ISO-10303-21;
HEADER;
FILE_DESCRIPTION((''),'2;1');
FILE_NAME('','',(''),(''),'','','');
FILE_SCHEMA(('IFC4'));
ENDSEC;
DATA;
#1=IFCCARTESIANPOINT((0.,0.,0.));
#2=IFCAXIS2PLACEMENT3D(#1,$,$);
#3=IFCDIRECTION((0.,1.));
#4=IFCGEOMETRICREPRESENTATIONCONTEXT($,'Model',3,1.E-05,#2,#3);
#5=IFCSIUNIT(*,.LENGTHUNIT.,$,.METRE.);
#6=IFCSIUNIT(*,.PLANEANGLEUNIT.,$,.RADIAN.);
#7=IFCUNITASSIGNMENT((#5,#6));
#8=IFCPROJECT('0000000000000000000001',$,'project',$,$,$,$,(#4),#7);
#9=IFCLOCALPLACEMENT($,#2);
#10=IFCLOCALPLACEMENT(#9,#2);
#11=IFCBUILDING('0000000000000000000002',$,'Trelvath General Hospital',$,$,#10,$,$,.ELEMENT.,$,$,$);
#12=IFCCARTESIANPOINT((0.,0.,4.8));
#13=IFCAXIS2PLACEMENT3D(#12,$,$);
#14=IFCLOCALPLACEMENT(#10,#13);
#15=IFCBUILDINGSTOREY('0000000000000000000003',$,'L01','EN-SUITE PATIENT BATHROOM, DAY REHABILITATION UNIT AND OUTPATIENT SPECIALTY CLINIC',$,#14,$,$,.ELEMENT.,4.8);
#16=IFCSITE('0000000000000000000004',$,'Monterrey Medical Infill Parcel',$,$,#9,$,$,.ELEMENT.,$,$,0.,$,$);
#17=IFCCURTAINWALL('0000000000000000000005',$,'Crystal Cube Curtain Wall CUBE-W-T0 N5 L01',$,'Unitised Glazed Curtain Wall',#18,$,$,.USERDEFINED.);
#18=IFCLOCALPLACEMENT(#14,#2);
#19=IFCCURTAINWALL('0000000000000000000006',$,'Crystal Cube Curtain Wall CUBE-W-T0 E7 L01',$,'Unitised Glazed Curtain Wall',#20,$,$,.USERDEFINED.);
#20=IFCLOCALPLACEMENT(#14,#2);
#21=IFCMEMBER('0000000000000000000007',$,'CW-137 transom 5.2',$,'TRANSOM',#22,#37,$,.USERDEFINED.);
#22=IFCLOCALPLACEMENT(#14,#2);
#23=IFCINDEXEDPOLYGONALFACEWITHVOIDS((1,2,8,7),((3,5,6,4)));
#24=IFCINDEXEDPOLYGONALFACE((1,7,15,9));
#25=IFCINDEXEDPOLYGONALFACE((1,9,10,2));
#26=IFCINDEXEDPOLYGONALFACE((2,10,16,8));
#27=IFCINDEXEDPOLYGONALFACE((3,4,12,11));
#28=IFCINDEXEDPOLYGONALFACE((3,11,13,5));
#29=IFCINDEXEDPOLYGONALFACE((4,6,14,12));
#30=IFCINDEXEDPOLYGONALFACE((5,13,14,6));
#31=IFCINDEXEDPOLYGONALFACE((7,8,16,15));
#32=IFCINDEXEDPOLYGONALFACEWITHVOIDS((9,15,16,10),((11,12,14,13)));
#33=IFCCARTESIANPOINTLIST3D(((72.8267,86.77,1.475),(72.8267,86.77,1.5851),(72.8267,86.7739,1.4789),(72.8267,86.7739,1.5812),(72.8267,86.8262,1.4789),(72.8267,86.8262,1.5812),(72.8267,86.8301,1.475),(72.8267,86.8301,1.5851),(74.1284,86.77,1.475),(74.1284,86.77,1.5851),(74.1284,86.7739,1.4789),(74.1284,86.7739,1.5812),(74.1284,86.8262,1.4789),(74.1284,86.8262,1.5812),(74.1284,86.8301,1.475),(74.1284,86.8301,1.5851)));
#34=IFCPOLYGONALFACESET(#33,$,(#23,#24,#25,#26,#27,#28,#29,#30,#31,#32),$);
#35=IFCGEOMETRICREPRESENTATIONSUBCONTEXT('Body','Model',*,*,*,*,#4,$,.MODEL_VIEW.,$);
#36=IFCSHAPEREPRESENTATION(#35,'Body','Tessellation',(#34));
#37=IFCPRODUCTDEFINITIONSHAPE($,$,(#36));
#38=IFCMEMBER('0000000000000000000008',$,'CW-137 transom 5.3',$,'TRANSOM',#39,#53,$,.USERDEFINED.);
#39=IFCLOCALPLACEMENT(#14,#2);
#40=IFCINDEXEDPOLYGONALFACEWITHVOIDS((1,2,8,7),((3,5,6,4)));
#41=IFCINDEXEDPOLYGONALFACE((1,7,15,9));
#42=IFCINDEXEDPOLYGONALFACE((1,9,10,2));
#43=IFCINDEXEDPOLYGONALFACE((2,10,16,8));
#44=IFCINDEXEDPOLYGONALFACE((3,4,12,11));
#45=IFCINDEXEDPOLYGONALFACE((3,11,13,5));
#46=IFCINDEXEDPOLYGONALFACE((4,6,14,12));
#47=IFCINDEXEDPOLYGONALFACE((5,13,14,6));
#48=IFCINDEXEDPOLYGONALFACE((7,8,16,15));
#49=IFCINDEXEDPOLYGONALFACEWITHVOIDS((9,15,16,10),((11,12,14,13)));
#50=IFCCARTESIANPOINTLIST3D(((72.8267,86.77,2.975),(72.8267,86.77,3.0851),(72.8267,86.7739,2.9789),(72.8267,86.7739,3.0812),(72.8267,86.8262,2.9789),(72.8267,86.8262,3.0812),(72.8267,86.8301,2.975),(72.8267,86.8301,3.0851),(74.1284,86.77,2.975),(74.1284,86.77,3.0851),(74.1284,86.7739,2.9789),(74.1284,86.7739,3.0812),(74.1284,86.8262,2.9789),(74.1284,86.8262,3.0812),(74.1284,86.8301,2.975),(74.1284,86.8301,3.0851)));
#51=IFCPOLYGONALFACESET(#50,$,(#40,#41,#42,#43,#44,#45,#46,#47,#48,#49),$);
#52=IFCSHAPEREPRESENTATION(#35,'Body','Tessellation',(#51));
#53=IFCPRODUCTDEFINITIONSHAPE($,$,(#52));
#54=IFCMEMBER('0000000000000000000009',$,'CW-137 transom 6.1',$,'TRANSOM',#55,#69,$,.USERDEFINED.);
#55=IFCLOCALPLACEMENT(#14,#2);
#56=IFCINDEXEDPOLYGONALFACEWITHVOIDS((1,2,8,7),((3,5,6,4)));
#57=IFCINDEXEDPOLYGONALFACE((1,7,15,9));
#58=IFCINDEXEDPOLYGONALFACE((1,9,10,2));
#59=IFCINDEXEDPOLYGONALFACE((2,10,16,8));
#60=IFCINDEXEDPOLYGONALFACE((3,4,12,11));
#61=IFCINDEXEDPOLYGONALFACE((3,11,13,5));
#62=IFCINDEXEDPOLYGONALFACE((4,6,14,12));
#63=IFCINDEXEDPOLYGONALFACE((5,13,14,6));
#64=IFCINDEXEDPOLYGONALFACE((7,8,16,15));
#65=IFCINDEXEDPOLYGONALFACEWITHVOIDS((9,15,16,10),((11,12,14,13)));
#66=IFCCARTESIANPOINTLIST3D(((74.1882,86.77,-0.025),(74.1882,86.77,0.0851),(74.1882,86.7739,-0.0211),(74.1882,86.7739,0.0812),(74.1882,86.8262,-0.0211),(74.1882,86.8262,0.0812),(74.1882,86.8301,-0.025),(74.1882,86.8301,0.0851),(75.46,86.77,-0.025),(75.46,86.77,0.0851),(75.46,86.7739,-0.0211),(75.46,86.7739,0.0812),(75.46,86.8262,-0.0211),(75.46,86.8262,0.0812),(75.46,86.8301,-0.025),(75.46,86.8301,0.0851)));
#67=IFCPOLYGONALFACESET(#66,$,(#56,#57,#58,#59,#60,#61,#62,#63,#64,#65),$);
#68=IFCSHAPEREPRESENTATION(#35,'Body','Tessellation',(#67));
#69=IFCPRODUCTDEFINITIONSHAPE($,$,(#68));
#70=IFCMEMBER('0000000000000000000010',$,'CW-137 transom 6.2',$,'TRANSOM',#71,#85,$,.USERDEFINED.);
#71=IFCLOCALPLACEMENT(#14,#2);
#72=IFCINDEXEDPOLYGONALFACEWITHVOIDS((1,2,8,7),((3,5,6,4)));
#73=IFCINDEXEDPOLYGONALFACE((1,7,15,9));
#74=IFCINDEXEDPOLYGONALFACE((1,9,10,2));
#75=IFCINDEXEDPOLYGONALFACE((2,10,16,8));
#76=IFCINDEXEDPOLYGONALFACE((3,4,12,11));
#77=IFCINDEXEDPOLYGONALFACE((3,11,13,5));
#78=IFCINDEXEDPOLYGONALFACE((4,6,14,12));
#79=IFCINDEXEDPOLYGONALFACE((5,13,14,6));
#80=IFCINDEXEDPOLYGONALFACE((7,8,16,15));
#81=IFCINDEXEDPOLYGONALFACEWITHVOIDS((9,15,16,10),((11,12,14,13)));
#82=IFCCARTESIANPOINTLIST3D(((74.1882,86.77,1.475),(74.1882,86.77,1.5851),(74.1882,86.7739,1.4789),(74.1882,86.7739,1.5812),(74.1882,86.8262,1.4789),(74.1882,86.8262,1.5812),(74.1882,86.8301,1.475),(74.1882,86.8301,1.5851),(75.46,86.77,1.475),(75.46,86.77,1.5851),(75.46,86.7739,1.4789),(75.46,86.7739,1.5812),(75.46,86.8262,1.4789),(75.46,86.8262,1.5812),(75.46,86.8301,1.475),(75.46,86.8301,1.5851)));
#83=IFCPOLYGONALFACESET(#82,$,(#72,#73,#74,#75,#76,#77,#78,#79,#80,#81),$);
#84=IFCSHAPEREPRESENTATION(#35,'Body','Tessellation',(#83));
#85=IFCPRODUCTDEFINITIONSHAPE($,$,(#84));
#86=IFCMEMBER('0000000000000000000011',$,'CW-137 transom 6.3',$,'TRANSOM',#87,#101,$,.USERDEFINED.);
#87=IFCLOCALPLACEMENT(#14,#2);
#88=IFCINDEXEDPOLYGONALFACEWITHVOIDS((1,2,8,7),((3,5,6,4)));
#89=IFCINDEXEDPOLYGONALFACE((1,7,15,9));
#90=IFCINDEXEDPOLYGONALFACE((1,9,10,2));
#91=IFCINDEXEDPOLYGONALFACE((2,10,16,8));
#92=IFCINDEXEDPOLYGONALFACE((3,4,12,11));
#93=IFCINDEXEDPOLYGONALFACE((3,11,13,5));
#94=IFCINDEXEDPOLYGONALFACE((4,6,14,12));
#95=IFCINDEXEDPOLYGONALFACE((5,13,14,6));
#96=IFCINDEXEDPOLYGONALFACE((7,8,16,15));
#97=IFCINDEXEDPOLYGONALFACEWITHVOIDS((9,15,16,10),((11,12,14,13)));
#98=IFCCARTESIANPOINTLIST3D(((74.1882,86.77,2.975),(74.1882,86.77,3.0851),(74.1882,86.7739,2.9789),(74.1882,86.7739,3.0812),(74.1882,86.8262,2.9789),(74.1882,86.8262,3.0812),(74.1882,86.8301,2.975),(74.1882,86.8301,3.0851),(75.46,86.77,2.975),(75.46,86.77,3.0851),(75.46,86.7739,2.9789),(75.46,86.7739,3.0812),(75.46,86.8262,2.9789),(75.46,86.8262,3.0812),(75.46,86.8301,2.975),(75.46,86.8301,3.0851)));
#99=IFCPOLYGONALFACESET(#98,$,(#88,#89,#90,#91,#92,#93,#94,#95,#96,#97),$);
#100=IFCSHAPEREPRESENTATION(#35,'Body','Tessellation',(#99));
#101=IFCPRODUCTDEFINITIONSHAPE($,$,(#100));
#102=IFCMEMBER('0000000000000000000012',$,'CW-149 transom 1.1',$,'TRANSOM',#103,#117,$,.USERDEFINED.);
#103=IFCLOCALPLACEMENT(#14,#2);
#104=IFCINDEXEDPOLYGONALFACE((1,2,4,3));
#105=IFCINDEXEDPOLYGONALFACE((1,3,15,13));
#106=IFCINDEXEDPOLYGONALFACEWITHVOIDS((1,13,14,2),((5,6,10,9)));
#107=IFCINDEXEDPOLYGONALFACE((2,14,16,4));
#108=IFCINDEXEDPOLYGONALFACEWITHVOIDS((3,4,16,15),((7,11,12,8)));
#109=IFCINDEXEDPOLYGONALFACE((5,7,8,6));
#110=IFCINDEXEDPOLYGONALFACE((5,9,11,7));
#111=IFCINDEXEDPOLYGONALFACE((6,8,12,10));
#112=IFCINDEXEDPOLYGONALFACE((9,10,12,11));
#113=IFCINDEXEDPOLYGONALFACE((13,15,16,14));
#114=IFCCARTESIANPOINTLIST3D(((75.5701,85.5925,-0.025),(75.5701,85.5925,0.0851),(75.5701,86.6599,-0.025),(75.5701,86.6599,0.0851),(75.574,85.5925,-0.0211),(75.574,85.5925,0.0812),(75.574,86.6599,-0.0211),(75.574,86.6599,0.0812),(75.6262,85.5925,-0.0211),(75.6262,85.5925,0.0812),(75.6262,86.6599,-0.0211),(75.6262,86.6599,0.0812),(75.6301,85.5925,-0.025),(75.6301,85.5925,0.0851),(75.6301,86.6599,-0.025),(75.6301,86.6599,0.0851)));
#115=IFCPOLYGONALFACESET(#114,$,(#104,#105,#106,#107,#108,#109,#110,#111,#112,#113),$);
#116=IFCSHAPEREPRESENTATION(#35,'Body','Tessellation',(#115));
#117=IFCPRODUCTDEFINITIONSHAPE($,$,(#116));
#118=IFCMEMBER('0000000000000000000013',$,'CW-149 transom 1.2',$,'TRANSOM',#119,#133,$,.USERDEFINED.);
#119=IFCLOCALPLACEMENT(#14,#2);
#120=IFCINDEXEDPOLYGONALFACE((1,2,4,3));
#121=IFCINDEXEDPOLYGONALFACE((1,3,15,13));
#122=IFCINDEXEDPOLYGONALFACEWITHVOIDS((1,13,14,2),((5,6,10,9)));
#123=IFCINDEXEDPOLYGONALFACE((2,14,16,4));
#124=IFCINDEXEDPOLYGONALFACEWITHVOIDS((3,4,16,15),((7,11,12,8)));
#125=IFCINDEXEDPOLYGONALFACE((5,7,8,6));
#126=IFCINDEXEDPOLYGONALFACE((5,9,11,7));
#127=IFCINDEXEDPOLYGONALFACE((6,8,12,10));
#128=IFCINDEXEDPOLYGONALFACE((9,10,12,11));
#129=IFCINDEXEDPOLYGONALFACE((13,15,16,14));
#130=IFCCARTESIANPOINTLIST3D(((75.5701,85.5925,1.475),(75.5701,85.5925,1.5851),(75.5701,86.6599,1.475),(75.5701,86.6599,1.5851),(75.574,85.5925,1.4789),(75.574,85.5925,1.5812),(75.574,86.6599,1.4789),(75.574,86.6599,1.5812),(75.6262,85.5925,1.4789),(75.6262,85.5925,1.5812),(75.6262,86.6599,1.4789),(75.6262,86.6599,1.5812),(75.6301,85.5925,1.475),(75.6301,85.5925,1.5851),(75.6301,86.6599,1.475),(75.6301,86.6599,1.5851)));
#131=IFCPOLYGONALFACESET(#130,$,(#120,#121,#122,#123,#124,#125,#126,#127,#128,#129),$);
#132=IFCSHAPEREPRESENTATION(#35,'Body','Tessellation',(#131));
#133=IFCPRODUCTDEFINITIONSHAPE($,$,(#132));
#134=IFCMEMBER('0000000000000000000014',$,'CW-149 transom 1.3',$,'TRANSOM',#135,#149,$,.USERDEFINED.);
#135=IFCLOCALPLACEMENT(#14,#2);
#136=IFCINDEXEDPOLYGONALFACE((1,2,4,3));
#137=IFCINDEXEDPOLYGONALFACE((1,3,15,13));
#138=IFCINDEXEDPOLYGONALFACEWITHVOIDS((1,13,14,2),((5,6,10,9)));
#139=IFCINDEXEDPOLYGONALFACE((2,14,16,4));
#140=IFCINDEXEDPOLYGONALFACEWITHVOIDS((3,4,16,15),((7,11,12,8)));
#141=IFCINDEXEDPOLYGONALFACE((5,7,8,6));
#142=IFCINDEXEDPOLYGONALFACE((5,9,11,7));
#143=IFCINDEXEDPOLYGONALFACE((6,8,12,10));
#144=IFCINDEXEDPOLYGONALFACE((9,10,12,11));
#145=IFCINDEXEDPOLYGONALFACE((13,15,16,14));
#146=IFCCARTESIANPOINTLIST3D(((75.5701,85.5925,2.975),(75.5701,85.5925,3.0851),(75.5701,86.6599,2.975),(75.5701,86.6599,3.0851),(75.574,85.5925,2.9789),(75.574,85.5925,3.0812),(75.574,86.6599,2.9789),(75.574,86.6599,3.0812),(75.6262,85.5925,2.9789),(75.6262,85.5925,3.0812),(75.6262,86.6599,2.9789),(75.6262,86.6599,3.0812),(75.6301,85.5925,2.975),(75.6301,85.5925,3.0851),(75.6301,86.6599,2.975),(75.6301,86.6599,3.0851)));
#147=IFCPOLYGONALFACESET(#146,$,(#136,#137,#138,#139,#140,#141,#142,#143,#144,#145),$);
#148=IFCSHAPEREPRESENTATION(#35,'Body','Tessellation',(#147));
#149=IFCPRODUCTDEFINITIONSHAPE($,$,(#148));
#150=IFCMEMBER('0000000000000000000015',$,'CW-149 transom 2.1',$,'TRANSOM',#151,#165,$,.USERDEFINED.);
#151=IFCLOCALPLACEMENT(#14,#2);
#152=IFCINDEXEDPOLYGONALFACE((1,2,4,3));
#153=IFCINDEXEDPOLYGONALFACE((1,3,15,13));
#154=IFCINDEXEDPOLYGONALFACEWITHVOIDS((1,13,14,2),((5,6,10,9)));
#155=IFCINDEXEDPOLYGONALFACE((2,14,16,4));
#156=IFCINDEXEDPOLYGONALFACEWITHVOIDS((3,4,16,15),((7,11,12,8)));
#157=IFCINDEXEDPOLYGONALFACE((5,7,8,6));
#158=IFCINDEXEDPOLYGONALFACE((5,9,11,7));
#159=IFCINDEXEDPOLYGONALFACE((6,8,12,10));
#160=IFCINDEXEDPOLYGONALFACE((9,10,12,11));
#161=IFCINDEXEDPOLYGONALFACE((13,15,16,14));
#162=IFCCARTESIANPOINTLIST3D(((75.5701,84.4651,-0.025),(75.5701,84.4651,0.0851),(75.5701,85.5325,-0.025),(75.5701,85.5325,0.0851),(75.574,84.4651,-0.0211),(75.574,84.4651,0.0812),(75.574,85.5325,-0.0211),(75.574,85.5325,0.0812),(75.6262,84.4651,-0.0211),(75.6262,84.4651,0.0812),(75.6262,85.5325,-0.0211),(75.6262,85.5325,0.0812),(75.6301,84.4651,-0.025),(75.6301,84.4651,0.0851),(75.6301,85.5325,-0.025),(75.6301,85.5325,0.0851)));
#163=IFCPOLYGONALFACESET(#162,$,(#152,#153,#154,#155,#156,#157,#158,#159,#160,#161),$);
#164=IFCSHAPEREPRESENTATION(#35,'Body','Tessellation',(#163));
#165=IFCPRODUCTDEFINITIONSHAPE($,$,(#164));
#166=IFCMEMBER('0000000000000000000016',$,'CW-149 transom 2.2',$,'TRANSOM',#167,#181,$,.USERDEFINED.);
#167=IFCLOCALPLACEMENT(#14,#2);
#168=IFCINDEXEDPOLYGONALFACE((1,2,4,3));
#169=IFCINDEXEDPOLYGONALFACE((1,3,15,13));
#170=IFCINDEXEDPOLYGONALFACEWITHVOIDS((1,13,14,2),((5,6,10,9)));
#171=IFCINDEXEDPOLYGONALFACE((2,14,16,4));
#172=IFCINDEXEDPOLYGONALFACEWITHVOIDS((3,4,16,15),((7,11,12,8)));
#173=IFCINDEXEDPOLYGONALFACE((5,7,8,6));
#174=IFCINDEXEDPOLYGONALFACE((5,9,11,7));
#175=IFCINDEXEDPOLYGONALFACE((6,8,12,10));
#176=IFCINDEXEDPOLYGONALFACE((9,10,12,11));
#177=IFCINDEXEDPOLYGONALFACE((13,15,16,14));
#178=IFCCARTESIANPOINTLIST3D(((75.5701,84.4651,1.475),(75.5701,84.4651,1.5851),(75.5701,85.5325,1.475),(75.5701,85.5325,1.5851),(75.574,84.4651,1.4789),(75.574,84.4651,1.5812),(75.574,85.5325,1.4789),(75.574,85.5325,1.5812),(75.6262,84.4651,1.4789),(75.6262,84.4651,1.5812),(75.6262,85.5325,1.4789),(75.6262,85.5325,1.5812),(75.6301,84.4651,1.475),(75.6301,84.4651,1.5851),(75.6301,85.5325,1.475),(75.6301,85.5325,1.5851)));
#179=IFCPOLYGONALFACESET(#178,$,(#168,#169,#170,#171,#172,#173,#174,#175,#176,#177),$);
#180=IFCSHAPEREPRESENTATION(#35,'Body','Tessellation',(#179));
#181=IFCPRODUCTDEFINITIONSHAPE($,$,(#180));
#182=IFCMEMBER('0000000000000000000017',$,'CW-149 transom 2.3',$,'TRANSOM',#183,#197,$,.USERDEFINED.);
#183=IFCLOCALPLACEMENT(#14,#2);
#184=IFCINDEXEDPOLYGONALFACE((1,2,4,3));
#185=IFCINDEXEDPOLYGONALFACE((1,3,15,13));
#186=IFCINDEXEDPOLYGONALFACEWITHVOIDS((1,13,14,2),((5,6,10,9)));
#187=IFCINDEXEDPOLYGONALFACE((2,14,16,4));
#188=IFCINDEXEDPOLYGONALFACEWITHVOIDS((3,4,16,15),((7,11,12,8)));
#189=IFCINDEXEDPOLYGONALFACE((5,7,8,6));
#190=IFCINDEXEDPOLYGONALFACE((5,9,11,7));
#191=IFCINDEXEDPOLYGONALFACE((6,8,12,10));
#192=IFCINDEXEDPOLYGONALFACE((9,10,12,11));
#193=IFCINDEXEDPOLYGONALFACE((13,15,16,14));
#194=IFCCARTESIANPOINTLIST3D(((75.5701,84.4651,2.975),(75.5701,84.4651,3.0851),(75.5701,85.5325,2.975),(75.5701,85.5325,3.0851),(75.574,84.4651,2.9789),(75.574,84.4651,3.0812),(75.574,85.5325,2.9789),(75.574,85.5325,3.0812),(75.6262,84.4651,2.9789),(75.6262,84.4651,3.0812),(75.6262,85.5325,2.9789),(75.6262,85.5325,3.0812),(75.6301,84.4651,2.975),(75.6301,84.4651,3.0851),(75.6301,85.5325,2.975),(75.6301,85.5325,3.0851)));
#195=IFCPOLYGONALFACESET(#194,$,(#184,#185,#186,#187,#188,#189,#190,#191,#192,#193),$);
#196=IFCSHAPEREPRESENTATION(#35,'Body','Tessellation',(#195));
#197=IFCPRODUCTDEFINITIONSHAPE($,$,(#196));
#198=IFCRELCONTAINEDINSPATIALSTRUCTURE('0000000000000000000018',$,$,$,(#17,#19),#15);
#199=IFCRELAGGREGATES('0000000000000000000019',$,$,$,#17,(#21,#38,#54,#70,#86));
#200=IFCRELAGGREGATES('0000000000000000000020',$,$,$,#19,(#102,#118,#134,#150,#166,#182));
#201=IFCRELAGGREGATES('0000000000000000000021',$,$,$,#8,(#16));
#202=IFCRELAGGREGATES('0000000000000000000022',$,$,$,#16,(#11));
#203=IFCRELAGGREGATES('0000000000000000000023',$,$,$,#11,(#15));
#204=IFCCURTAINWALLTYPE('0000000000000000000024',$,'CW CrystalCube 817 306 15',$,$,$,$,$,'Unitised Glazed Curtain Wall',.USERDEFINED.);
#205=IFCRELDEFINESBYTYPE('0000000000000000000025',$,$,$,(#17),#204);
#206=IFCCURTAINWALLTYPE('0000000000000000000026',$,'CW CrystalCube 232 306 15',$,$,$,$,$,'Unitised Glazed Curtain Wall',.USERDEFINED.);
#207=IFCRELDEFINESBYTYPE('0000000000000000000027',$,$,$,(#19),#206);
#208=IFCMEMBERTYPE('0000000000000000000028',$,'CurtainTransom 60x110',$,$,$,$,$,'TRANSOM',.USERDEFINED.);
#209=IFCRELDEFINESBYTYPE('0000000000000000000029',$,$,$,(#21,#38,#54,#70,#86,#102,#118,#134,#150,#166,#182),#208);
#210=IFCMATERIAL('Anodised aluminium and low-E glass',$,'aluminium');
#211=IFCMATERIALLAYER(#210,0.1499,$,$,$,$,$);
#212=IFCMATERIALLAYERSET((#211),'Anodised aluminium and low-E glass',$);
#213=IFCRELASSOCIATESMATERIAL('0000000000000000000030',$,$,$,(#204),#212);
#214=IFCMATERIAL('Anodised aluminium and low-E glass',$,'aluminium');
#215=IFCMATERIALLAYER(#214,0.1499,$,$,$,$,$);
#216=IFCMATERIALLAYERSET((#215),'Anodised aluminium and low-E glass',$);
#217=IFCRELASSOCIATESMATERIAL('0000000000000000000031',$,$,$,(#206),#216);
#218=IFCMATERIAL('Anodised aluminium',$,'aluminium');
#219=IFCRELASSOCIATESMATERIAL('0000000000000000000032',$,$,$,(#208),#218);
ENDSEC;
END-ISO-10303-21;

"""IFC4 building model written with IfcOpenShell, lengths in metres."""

from ifc_helpers import new_model, si_unit, direction, frame, origin, origin_2d, place, context, subcontext, project, spatial, hollow_rectangle, extrude, material, layer, layer_set, material_profile, profile_set, type_object, element, aggregate, save


model = new_model("IFC4")

# Units and contexts
model_context = context("Model", 3, precision=1e-05, world=origin(), true_north=direction((0.0, 1.0)))
body_context = subcontext(model_context, "Body", "Model", "MODEL_VIEW")
ifc_project = project(units=[si_unit("LENGTHUNIT", "METRE"), si_unit("PLANEANGLEUNIT", "RADIAN")], contexts=[model_context])

# Site, building, storey
site_placement = place(None, origin())
site = spatial("IfcSite", under=ifc_project, at=site_placement, Name="Monterrey Medical Infill Parcel", CompositionType="ELEMENT", RefElevation=0.0)
building_placement = place(site_placement, origin())
building = spatial("IfcBuilding", under=site, at=building_placement, Name="Trelvath General Hospital", CompositionType="ELEMENT")
storey_placement = place(building_placement, frame((0.0, 0.0, 4.8)))
storey = spatial("IfcBuildingStorey", under=building, at=storey_placement, Name="L01", Description="EN-SUITE PATIENT BATHROOM, DAY REHABILITATION UNIT AND OUTPATIENT SPECIALTY CLINIC", CompositionType="ELEMENT", Elevation=4.8)

# Curtain walls
ifc_material_1 = material(Name="Anodised aluminium and low-E glass", Category="aluminium")
ifc_layer_1 = layer(ifc_material_1, 0.1499)
ifc_layer_set_1 = layer_set([ifc_layer_1], Name="Anodised aluminium and low-E glass")
curtain_wall_type_1 = type_object("IfcCurtainWallType", Name="CW CrystalCube 817 306 15", ElementType="Unitised Glazed Curtain Wall", PredefinedType="USERDEFINED", material=ifc_layer_set_1)
curtain_wall_1_placement = place(storey_placement, origin())
curtain_wall_1 = element("IfcCurtainWall", 1, at=curtain_wall_1_placement, inside=storey, type_object=curtain_wall_type_1, Name="Crystal Cube Curtain Wall CUBE-W-T0 N5 L01", ObjectType="Unitised Glazed Curtain Wall", PredefinedType="USERDEFINED")
ifc_material_2 = material(Name="Anodised aluminium and low-E glass", Category="aluminium")
ifc_layer_2 = layer(ifc_material_2, 0.1499)
ifc_layer_set_2 = layer_set([ifc_layer_2], Name="Anodised aluminium and low-E glass")
curtain_wall_type_2 = type_object("IfcCurtainWallType", Name="CW CrystalCube 232 306 15", ElementType="Unitised Glazed Curtain Wall", PredefinedType="USERDEFINED", material=ifc_layer_set_2)
curtain_wall_2_placement = place(storey_placement, origin())
curtain_wall_2 = element("IfcCurtainWall", 2, at=curtain_wall_2_placement, inside=storey, type_object=curtain_wall_type_2, Name="Crystal Cube Curtain Wall CUBE-W-T0 E7 L01", ObjectType="Unitised Glazed Curtain Wall", PredefinedType="USERDEFINED")

# Members
ifc_material_3 = material(Name="Anodised aluminium", Category="aluminium")
ifc_material_profile_1 = material_profile(ifc_material_3, hollow_rectangle(XDim=0.0601, YDim=0.1101, WallThickness=0.0039, at=origin_2d()), Name="RHS60x110x4")
ifc_profile_set_1 = profile_set([ifc_material_profile_1], Name="Anodised aluminium")
member_type_1 = type_object("IfcMemberType", Name="CurtainTransom 60x110", ElementType="TRANSOM", PredefinedType="USERDEFINED", material=ifc_profile_set_1)
member_1_placement = place(storey_placement, frame((72.8267, 86.8, 1.53), z_axis=(1.0, 0.0, 0.0), x_axis=(0.0, 1.0, 0.0)))
member_1 = element("IfcMember", 3, at=member_1_placement, type_object=member_type_1, Name="CW-137 transom 5.2", ObjectType="TRANSOM", PredefinedType="USERDEFINED", context=body_context, shape_type="SweptSolid", body=[
    extrude(hollow_rectangle(XDim=0.0601, YDim=0.1101, WallThickness=0.0039, at=origin_2d()), origin(), (0.0, 0.0, 1.0), 1.3018),
])
member_2_placement = place(storey_placement, frame((72.8267, 86.8, 3.03), z_axis=(1.0, 0.0, 0.0), x_axis=(0.0, 1.0, 0.0)))
member_2 = element("IfcMember", 4, at=member_2_placement, type_object=member_type_1, Name="CW-137 transom 5.3", ObjectType="TRANSOM", PredefinedType="USERDEFINED", context=body_context, shape_type="SweptSolid", body=[
    extrude(hollow_rectangle(XDim=0.0601, YDim=0.1101, WallThickness=0.0039, at=origin_2d()), origin(), (0.0, 0.0, 1.0), 1.3018),
])
member_3_placement = place(storey_placement, frame((74.1882, 86.8, 0.03), z_axis=(1.0, 0.0, 0.0), x_axis=(0.0, 1.0, 0.0)))
member_3 = element("IfcMember", 5, at=member_3_placement, type_object=member_type_1, Name="CW-137 transom 6.1", ObjectType="TRANSOM", PredefinedType="USERDEFINED", context=body_context, shape_type="SweptSolid", body=[
    extrude(hollow_rectangle(XDim=0.0601, YDim=0.1101, WallThickness=0.0039, at=origin_2d()), origin(), (0.0, 0.0, 1.0), 1.2717),
])
member_4_placement = place(storey_placement, frame((74.1882, 86.8, 1.53), z_axis=(1.0, 0.0, 0.0), x_axis=(0.0, 1.0, 0.0)))
member_4 = element("IfcMember", 6, at=member_4_placement, type_object=member_type_1, Name="CW-137 transom 6.2", ObjectType="TRANSOM", PredefinedType="USERDEFINED", context=body_context, shape_type="SweptSolid", body=[
    extrude(hollow_rectangle(XDim=0.0601, YDim=0.1101, WallThickness=0.0039, at=origin_2d()), origin(), (0.0, 0.0, 1.0), 1.2717),
])
member_5_placement = place(storey_placement, frame((74.1882, 86.8, 3.03), z_axis=(1.0, 0.0, 0.0), x_axis=(0.0, 1.0, 0.0)))
member_5 = element("IfcMember", 7, at=member_5_placement, type_object=member_type_1, Name="CW-137 transom 6.3", ObjectType="TRANSOM", PredefinedType="USERDEFINED", context=body_context, shape_type="SweptSolid", body=[
    extrude(hollow_rectangle(XDim=0.0601, YDim=0.1101, WallThickness=0.0039, at=origin_2d()), origin(), (0.0, 0.0, 1.0), 1.2717),
])
member_6_placement = place(storey_placement, frame((75.6001, 86.6599, 0.03), z_axis=(0.0, -1.0, 0.0), x_axis=(1.0, 0.0, 0.0)))
member_6 = element("IfcMember", 8, at=member_6_placement, type_object=member_type_1, Name="CW-149 transom 1.1", ObjectType="TRANSOM", PredefinedType="USERDEFINED", context=body_context, shape_type="SweptSolid", body=[
    extrude(hollow_rectangle(XDim=0.0601, YDim=0.1101, WallThickness=0.0039, at=origin_2d()), origin(), (0.0, 0.0, 1.0), 1.0674),
])
member_7_placement = place(storey_placement, frame((75.6001, 86.6599, 1.53), z_axis=(0.0, -1.0, 0.0), x_axis=(1.0, 0.0, 0.0)))
member_7 = element("IfcMember", 9, at=member_7_placement, type_object=member_type_1, Name="CW-149 transom 1.2", ObjectType="TRANSOM", PredefinedType="USERDEFINED", context=body_context, shape_type="SweptSolid", body=[
    extrude(hollow_rectangle(XDim=0.0601, YDim=0.1101, WallThickness=0.0039, at=origin_2d()), origin(), (0.0, 0.0, 1.0), 1.0674),
])
member_8_placement = place(storey_placement, frame((75.6001, 86.6599, 3.03), z_axis=(0.0, -1.0, 0.0), x_axis=(1.0, 0.0, 0.0)))
member_8 = element("IfcMember", 10, at=member_8_placement, type_object=member_type_1, Name="CW-149 transom 1.3", ObjectType="TRANSOM", PredefinedType="USERDEFINED", context=body_context, shape_type="SweptSolid", body=[
    extrude(hollow_rectangle(XDim=0.0601, YDim=0.1101, WallThickness=0.0039, at=origin_2d()), origin(), (0.0, 0.0, 1.0), 1.0674),
])
member_9_placement = place(storey_placement, frame((75.6001, 85.5325, 0.03), z_axis=(0.0, -1.0, 0.0), x_axis=(1.0, 0.0, 0.0)))
member_9 = element("IfcMember", 11, at=member_9_placement, type_object=member_type_1, Name="CW-149 transom 2.1", ObjectType="TRANSOM", PredefinedType="USERDEFINED", context=body_context, shape_type="SweptSolid", body=[
    extrude(hollow_rectangle(XDim=0.0601, YDim=0.1101, WallThickness=0.0039, at=origin_2d()), origin(), (0.0, 0.0, 1.0), 1.0674),
])
member_10_placement = place(storey_placement, frame((75.6001, 85.5325, 1.53), z_axis=(0.0, -1.0, 0.0), x_axis=(1.0, 0.0, 0.0)))
member_10 = element("IfcMember", 12, at=member_10_placement, type_object=member_type_1, Name="CW-149 transom 2.2", ObjectType="TRANSOM", PredefinedType="USERDEFINED", context=body_context, shape_type="SweptSolid", body=[
    extrude(hollow_rectangle(XDim=0.0601, YDim=0.1101, WallThickness=0.0039, at=origin_2d()), origin(), (0.0, 0.0, 1.0), 1.0674),
])
member_11_placement = place(storey_placement, frame((75.6001, 85.5325, 3.03), z_axis=(0.0, -1.0, 0.0), x_axis=(1.0, 0.0, 0.0)))
member_11 = element("IfcMember", 13, at=member_11_placement, type_object=member_type_1, Name="CW-149 transom 2.3", ObjectType="TRANSOM", PredefinedType="USERDEFINED", context=body_context, shape_type="SweptSolid", body=[
    extrude(hollow_rectangle(XDim=0.0601, YDim=0.1101, WallThickness=0.0039, at=origin_2d()), origin(), (0.0, 0.0, 1.0), 1.0674),
])

aggregate(curtain_wall_1, [member_1, member_2, member_3, member_4, member_5])
aggregate(curtain_wall_2, [member_6, member_7, member_8, member_9, member_10, member_11])

save(model, "model.ifc")
